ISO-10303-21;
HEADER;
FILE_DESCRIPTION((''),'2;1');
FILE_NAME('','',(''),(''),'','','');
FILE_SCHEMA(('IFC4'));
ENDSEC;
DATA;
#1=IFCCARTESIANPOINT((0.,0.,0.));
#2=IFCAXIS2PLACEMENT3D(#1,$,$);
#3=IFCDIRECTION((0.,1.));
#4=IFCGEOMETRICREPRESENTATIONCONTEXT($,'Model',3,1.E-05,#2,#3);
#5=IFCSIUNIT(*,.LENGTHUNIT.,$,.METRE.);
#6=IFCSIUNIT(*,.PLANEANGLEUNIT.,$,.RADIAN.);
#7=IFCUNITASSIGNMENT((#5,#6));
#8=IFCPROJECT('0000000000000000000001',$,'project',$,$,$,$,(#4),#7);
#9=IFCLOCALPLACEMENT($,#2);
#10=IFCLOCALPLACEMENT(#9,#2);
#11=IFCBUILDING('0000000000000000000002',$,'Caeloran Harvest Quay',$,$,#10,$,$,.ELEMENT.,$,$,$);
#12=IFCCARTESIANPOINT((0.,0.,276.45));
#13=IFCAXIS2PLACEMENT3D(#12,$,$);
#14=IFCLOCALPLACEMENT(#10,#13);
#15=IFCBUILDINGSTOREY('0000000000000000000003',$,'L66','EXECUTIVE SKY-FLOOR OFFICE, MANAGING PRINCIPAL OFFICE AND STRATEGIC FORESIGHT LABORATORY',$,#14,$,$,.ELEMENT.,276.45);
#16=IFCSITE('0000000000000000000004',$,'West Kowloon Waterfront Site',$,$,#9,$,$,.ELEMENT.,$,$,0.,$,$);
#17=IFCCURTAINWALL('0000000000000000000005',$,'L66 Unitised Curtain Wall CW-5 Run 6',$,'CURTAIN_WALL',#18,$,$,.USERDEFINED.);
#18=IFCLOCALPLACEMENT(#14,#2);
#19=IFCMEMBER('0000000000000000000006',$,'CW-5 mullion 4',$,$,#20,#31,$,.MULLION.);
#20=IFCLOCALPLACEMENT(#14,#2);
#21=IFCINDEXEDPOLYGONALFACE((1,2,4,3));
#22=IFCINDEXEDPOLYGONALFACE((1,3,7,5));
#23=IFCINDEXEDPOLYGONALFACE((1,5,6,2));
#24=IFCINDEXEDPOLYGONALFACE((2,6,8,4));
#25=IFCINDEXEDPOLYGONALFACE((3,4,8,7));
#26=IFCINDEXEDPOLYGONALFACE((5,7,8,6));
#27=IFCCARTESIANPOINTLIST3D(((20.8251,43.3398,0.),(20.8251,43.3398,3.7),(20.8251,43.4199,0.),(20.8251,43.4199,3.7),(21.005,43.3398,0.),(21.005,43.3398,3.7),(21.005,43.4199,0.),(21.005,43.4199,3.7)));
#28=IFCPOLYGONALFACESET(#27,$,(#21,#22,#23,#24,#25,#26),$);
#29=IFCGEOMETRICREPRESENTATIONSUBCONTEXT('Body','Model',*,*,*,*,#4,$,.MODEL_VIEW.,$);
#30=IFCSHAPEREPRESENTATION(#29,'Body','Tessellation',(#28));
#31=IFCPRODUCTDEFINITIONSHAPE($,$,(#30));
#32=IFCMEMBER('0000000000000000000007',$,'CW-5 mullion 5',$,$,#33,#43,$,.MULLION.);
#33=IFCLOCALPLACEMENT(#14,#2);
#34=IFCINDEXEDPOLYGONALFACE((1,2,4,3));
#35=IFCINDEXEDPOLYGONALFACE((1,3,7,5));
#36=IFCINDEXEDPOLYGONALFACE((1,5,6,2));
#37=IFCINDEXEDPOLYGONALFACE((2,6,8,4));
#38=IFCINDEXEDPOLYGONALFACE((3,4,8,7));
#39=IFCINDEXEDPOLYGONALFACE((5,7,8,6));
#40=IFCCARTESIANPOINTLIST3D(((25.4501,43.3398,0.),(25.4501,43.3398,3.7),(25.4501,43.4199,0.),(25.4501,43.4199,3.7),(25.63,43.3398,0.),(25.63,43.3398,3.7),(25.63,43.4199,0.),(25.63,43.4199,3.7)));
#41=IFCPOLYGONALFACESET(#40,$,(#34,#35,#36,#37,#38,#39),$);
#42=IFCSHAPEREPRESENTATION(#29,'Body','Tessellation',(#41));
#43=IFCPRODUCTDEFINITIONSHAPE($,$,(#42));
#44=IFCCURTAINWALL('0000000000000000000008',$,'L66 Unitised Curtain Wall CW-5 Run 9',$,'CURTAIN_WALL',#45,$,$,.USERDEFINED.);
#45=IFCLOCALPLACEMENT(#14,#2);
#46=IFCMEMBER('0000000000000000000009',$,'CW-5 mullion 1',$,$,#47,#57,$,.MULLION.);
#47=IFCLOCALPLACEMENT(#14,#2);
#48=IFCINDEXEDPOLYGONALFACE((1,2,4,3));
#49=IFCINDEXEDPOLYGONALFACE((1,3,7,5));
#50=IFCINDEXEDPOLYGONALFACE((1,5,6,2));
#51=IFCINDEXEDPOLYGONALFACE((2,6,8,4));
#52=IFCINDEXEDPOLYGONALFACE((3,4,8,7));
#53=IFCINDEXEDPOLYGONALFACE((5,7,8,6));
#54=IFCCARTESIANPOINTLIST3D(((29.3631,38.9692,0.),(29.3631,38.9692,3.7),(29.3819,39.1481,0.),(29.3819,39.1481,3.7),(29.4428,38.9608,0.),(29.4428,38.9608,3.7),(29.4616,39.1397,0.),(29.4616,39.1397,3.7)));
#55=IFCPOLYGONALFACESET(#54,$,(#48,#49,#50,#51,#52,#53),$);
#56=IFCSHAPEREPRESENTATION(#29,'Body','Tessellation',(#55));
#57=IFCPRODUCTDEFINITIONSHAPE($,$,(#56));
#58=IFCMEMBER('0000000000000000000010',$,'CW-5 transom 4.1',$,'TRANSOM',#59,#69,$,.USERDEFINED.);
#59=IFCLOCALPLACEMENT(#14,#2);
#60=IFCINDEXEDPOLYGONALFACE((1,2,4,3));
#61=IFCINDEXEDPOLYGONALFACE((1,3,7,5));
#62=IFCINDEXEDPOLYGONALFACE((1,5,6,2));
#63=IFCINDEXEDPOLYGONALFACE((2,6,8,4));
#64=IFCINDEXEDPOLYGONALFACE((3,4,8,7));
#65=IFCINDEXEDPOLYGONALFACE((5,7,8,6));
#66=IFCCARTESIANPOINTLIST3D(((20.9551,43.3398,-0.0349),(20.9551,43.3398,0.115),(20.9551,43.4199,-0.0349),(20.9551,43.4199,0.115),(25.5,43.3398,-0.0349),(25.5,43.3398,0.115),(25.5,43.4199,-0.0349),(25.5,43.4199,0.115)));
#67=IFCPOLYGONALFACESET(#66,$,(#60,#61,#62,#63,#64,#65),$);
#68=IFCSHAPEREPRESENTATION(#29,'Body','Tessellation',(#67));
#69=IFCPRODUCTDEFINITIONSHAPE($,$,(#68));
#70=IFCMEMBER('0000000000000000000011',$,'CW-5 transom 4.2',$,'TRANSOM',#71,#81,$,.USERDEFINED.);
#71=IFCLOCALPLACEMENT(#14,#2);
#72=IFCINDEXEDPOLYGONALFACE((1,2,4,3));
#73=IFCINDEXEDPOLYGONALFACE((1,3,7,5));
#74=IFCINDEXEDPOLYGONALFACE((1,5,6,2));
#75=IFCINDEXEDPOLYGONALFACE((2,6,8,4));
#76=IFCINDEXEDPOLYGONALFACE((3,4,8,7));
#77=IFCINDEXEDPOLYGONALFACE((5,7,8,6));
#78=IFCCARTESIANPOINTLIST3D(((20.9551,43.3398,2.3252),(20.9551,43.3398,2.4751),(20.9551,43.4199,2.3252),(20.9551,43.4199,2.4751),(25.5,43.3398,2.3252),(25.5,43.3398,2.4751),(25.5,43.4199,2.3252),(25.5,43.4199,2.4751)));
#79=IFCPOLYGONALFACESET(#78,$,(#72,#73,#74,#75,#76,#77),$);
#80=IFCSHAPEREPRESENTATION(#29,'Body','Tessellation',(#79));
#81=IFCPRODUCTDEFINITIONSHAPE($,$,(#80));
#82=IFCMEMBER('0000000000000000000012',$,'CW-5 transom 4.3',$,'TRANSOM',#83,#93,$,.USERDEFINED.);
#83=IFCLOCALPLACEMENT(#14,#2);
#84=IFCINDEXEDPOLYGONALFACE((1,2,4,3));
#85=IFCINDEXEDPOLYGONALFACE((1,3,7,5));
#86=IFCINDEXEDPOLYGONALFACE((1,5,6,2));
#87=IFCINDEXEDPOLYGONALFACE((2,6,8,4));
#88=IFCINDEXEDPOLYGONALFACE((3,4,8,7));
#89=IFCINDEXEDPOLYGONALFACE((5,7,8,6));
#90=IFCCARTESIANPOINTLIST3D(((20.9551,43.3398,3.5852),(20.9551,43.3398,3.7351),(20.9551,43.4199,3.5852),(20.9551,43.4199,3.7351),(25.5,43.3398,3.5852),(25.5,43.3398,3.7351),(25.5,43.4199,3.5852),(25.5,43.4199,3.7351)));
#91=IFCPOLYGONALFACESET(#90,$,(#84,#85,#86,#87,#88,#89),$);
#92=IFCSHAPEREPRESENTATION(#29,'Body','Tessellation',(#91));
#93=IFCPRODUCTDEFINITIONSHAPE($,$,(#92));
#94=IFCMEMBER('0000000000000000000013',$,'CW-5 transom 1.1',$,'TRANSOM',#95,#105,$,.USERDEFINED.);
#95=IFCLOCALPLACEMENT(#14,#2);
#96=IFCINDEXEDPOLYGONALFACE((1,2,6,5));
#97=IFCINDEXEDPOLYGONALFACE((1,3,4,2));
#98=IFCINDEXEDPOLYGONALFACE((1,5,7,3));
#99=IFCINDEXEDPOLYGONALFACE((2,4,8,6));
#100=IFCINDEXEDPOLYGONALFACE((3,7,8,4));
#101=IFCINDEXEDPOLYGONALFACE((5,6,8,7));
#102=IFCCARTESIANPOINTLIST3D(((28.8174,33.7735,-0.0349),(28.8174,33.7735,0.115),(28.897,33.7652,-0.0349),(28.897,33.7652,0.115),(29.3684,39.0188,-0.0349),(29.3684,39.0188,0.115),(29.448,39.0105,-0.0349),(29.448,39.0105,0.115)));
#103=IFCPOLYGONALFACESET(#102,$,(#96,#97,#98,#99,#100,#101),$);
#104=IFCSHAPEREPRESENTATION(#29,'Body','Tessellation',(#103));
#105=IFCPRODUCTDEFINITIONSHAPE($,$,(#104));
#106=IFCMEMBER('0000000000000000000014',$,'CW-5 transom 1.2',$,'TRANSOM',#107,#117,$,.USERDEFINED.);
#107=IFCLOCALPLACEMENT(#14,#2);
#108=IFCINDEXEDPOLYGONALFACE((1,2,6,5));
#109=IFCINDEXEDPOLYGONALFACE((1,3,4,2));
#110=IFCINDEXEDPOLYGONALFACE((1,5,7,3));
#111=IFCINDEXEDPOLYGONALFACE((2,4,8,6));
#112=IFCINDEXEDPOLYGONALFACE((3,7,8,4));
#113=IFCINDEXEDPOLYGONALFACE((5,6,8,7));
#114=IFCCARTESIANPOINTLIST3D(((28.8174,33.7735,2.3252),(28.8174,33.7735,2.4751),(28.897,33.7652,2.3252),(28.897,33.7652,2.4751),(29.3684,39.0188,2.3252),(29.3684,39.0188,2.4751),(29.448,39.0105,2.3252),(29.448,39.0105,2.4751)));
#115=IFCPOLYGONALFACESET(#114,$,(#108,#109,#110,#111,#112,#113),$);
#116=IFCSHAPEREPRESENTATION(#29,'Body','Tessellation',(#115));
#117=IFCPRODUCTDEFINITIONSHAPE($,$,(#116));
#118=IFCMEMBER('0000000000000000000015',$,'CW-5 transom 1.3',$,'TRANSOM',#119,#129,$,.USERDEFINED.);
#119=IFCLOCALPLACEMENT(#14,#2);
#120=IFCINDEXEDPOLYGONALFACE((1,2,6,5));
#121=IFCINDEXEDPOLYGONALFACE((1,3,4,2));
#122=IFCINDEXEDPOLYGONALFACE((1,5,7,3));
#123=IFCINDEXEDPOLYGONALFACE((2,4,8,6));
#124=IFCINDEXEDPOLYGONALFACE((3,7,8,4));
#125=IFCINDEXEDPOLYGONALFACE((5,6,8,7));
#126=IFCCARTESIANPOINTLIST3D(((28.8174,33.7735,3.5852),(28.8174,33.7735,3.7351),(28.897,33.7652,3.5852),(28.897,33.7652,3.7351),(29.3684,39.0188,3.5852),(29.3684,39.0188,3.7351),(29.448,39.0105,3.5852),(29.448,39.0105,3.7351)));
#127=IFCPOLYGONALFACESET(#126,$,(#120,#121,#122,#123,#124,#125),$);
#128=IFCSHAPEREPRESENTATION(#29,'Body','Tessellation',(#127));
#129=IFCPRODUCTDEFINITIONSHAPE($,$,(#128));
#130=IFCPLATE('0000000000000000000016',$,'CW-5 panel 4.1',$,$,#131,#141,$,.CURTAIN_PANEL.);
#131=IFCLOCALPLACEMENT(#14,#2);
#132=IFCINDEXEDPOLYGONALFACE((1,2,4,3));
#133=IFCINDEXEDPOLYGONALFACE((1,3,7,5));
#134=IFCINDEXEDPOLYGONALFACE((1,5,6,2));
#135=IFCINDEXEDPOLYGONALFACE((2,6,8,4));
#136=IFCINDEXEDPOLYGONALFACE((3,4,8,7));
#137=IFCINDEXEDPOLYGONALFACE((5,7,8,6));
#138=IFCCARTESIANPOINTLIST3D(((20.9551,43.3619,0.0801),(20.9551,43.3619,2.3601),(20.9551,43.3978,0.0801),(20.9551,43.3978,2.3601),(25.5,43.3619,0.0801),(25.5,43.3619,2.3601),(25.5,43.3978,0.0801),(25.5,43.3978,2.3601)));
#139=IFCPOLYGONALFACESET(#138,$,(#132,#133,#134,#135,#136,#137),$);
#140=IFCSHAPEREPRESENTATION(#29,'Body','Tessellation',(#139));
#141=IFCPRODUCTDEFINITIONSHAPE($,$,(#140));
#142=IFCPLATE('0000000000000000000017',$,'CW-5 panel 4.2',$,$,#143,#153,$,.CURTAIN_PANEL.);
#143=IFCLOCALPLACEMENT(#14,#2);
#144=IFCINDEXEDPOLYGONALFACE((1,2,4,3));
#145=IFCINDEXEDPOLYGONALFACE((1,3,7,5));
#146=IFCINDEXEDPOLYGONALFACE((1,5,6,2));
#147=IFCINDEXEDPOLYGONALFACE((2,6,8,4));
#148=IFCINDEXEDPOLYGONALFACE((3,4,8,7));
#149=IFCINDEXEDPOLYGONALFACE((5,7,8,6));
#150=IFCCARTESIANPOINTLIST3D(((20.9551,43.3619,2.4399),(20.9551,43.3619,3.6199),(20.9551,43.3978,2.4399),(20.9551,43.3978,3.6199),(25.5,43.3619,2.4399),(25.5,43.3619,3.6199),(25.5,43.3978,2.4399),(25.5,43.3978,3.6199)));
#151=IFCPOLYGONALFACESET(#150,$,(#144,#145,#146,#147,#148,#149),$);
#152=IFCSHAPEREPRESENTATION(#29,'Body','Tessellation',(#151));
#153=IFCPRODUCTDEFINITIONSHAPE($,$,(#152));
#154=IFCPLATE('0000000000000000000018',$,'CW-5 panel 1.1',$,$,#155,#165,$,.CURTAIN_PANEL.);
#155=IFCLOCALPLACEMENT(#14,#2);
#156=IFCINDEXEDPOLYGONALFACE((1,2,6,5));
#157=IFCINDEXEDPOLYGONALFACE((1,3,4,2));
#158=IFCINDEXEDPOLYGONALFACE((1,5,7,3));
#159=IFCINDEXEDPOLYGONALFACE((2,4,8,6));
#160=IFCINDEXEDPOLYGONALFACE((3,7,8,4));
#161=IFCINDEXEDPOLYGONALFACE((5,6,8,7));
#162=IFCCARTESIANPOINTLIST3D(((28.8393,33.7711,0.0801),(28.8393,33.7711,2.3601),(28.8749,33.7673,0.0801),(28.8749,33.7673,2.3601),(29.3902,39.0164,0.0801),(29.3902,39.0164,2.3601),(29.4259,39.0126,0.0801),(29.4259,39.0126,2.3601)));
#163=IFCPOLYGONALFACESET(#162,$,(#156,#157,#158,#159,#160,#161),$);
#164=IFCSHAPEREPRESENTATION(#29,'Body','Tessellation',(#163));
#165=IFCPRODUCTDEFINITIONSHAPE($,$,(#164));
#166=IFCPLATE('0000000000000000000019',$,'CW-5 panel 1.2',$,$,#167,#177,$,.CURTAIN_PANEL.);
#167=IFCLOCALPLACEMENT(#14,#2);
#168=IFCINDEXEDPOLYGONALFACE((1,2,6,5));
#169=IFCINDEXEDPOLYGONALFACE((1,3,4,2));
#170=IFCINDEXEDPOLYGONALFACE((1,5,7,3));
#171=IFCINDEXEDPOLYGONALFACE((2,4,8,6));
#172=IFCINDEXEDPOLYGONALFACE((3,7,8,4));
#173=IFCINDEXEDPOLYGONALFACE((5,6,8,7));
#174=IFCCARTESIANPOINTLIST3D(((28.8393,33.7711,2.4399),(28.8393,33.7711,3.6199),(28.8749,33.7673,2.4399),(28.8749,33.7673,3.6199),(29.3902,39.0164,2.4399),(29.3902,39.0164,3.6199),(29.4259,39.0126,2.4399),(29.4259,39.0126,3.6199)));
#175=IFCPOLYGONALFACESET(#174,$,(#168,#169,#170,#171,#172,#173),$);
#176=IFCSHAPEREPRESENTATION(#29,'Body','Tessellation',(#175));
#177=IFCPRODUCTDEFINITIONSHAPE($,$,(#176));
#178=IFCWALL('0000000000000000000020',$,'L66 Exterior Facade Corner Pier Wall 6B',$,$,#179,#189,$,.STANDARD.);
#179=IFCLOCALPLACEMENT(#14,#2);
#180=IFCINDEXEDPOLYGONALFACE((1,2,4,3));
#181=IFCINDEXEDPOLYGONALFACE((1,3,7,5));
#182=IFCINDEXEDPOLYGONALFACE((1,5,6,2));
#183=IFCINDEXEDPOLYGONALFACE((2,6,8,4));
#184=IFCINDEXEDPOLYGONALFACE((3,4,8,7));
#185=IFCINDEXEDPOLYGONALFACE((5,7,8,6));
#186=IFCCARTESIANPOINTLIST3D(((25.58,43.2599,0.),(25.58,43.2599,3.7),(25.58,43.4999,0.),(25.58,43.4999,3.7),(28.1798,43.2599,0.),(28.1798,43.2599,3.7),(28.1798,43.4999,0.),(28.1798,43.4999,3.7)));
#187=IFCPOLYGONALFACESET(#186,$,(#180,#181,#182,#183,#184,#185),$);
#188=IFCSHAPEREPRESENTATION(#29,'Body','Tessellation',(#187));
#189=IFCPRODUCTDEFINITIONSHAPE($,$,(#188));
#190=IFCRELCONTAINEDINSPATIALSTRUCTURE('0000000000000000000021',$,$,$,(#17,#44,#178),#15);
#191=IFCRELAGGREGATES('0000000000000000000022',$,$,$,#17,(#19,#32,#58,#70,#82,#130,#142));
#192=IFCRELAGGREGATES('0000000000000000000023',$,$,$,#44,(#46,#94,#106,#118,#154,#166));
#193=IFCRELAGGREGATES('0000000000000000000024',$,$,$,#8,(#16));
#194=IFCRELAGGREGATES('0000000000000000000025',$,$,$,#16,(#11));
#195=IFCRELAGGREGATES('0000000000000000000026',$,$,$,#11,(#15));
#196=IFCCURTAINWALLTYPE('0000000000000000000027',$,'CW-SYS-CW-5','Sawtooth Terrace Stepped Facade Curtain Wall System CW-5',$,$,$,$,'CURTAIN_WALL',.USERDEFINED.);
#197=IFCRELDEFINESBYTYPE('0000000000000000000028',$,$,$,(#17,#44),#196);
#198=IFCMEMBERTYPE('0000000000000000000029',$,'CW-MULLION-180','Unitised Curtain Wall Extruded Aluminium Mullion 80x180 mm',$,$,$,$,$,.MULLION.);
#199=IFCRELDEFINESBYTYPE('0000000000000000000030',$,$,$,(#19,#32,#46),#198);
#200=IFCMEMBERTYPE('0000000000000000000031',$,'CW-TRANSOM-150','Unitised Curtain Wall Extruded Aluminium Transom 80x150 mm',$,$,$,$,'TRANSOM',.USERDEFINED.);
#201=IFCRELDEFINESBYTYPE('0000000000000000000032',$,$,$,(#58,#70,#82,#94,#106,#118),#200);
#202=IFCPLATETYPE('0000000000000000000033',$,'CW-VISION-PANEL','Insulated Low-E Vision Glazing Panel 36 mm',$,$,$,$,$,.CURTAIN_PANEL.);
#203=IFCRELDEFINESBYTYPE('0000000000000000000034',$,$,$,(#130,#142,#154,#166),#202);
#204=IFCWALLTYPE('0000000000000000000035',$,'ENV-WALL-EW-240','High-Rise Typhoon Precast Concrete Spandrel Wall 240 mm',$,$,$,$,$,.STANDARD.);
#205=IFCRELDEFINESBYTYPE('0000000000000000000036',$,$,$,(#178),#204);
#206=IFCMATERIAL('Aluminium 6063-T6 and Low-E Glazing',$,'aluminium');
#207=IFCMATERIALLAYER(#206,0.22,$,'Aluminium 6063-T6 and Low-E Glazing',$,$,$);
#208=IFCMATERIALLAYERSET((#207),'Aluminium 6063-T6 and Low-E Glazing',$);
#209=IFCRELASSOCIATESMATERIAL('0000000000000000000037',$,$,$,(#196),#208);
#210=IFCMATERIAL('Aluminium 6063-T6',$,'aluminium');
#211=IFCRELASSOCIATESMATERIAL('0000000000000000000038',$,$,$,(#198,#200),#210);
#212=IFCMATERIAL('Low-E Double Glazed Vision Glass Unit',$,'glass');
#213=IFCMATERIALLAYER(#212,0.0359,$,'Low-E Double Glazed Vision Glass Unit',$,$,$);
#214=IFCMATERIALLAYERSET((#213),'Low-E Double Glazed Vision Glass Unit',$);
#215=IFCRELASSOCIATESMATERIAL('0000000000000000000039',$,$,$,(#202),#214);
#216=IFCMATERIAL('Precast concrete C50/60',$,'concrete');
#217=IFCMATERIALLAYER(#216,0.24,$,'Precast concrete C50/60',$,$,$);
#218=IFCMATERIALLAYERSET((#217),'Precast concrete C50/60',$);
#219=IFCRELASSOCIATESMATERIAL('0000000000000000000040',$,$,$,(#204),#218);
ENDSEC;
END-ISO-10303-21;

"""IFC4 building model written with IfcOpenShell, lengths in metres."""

from ifc_helpers import new_model, si_unit, direction, frame, frame_2d, origin, origin_2d, place, context, subcontext, project, spatial, rectangle, extrude, material, layer, layer_set, material_profile, profile_set, type_object, element, aggregate, save


model = new_model("IFC4")

# Units and contexts
model_context = context("Model", 3, precision=1e-05, world=origin(), true_north=direction((0.0, 1.0)))
body_context = subcontext(model_context, "Body", "Model", "MODEL_VIEW")
ifc_project = project(units=[si_unit("LENGTHUNIT", "METRE"), si_unit("PLANEANGLEUNIT", "RADIAN")], contexts=[model_context])

# Site, building, storey
site_placement = place(None, origin())
site = spatial("IfcSite", under=ifc_project, at=site_placement, Name="West Kowloon Waterfront Site", CompositionType="ELEMENT", RefElevation=0.0)
building_placement = place(site_placement, origin())
building = spatial("IfcBuilding", under=site, at=building_placement, Name="Caeloran Harvest Quay", CompositionType="ELEMENT")
storey_placement = place(building_placement, frame((0.0, 0.0, 276.45)))
storey = spatial("IfcBuildingStorey", under=building, at=storey_placement, Name="L66", Description="EXECUTIVE SKY-FLOOR OFFICE, MANAGING PRINCIPAL OFFICE AND STRATEGIC FORESIGHT LABORATORY", CompositionType="ELEMENT", Elevation=276.45)

# Curtain wall, members
ifc_material_1 = material(Name="Aluminium 6063-T6 and Low-E Glazing", Category="aluminium")
ifc_layer_1 = layer(ifc_material_1, 0.22, Name="Aluminium 6063-T6 and Low-E Glazing")
ifc_layer_set_1 = layer_set([ifc_layer_1], Name="Aluminium 6063-T6 and Low-E Glazing")
curtain_wall_type = type_object("IfcCurtainWallType", Name="CW-SYS-CW-5", Description="Sawtooth Terrace Stepped Facade Curtain Wall System CW-5", ElementType="CURTAIN_WALL", PredefinedType="USERDEFINED", material=ifc_layer_set_1)
curtain_wall_1_placement = place(storey_placement, origin())
curtain_wall_1 = element("IfcCurtainWall", 1, at=curtain_wall_1_placement, inside=storey, type_object=curtain_wall_type, Name="L66 Unitised Curtain Wall CW-5 Run 6", ObjectType="CURTAIN_WALL", PredefinedType="USERDEFINED")
ifc_material_2 = material(Name="Aluminium 6063-T6", Category="aluminium")
ifc_material_profile_1 = material_profile(ifc_material_2, rectangle(XDim=0.0801, YDim=0.1799, at=origin_2d()), Name="CW-MULLION-180")
ifc_profile_set_1 = profile_set([ifc_material_profile_1], Name="Aluminium 6063-T6")
member_type_1 = type_object("IfcMemberType", Name="CW-MULLION-180", Description="Unitised Curtain Wall Extruded Aluminium Mullion 80x180 mm", PredefinedType="MULLION", material=ifc_profile_set_1)
member_1_placement = place(storey_placement, frame((20.915, 43.3799, 0.0), z_axis=(0.0, 0.0, 1.0), x_axis=(0.0, 1.0, 0.0)))
member_1 = element("IfcMember", 2, at=member_1_placement, type_object=member_type_1, Name="CW-5 mullion 4", PredefinedType="MULLION", context=body_context, shape_type="SweptSolid", body=[
    extrude(rectangle(XDim=0.0801, YDim=0.1799, at=origin_2d()), origin(), (0.0, 0.0, 1.0), 3.7),
])
member_2_placement = place(storey_placement, frame((25.54, 43.3799, 0.0), z_axis=(0.0, 0.0, 1.0), x_axis=(0.0, 1.0, 0.0)))
member_2 = element("IfcMember", 3, at=member_2_placement, type_object=member_type_1, Name="CW-5 mullion 5", PredefinedType="MULLION", context=body_context, shape_type="SweptSolid", body=[
    extrude(rectangle(XDim=0.0801, YDim=0.1799, at=origin_2d()), origin(), (0.0, 0.0, 1.0), 3.7),
])

# Curtain wall, member
curtain_wall_2_placement = place(storey_placement, origin())
curtain_wall_2 = element("IfcCurtainWall", 4, at=curtain_wall_2_placement, inside=storey, type_object=curtain_wall_type, Name="L66 Unitised Curtain Wall CW-5 Run 9", ObjectType="CURTAIN_WALL", PredefinedType="USERDEFINED")
member_3_placement = place(storey_placement, frame((29.4124, 39.0544, 0.0), z_axis=(0.0, 0.0, 1.0), x_axis=(0.994529, -0.10446, 0.0)))
member_3 = element("IfcMember", 5, at=member_3_placement, type_object=member_type_1, Name="CW-5 mullion 1", PredefinedType="MULLION", context=body_context, shape_type="SweptSolid", body=[
    extrude(rectangle(XDim=0.0801, YDim=0.1799, at=origin_2d()), origin(), (0.0, 0.0, 1.0), 3.7),
])

# Members
ifc_material_profile_2 = material_profile(ifc_material_2, rectangle(XDim=0.0801, YDim=0.1499, at=origin_2d()), Name="CW-TRANSOM-150")
ifc_profile_set_2 = profile_set([ifc_material_profile_2], Name="Aluminium 6063-T6")
member_type_2 = type_object("IfcMemberType", Name="CW-TRANSOM-150", Description="Unitised Curtain Wall Extruded Aluminium Transom 80x150 mm", ElementType="TRANSOM", PredefinedType="USERDEFINED", material=ifc_profile_set_2)
member_4_placement = place(storey_placement, frame((20.9551, 43.3799, 0.04), z_axis=(1.0, 0.0, 0.0), x_axis=(0.0, 1.0, 0.0)))
member_4 = element("IfcMember", 6, at=member_4_placement, type_object=member_type_2, Name="CW-5 transom 4.1", ObjectType="TRANSOM", PredefinedType="USERDEFINED", context=body_context, shape_type="SweptSolid", body=[
    extrude(rectangle(XDim=0.0801, YDim=0.1499, at=origin_2d()), origin(), (0.0, 0.0, 1.0), 4.5449),
])
member_5_placement = place(storey_placement, frame((20.9551, 43.3799, 2.4001), z_axis=(1.0, 0.0, 0.0), x_axis=(0.0, 1.0, 0.0)))
member_5 = element("IfcMember", 7, at=member_5_placement, type_object=member_type_2, Name="CW-5 transom 4.2", ObjectType="TRANSOM", PredefinedType="USERDEFINED", context=body_context, shape_type="SweptSolid", body=[
    extrude(rectangle(XDim=0.0801, YDim=0.1499, at=origin_2d()), origin(), (0.0, 0.0, 1.0), 4.5449),
])
member_6_placement = place(storey_placement, frame((20.9551, 43.3799, 3.6602), z_axis=(1.0, 0.0, 0.0), x_axis=(0.0, 1.0, 0.0)))
member_6 = element("IfcMember", 8, at=member_6_placement, type_object=member_type_2, Name="CW-5 transom 4.3", ObjectType="TRANSOM", PredefinedType="USERDEFINED", context=body_context, shape_type="SweptSolid", body=[
    extrude(rectangle(XDim=0.0801, YDim=0.1499, at=origin_2d()), origin(), (0.0, 0.0, 1.0), 4.5449),
])
member_7_placement = place(storey_placement, frame((29.4082, 39.0146, 0.04), z_axis=(-0.104475, -0.994527, 0.0), x_axis=(0.994527, -0.104475, 0.0)))
member_7 = element("IfcMember", 9, at=member_7_placement, type_object=member_type_2, Name="CW-5 transom 1.1", ObjectType="TRANSOM", PredefinedType="USERDEFINED", context=body_context, shape_type="SweptSolid", body=[
    extrude(rectangle(XDim=0.0801, YDim=0.1499, at=origin_2d()), origin(), (0.0, 0.0, 1.0), 5.2742),
])
member_8_placement = place(storey_placement, frame((29.4082, 39.0146, 2.4001), z_axis=(-0.104475, -0.994527, 0.0), x_axis=(0.994527, -0.104475, 0.0)))
member_8 = element("IfcMember", 10, at=member_8_placement, type_object=member_type_2, Name="CW-5 transom 1.2", ObjectType="TRANSOM", PredefinedType="USERDEFINED", context=body_context, shape_type="SweptSolid", body=[
    extrude(rectangle(XDim=0.0801, YDim=0.1499, at=origin_2d()), origin(), (0.0, 0.0, 1.0), 5.2742),
])
member_9_placement = place(storey_placement, frame((29.4082, 39.0146, 3.6602), z_axis=(-0.104475, -0.994527, 0.0), x_axis=(0.994527, -0.104475, 0.0)))
member_9 = element("IfcMember", 11, at=member_9_placement, type_object=member_type_2, Name="CW-5 transom 1.3", ObjectType="TRANSOM", PredefinedType="USERDEFINED", context=body_context, shape_type="SweptSolid", body=[
    extrude(rectangle(XDim=0.0801, YDim=0.1499, at=origin_2d()), origin(), (0.0, 0.0, 1.0), 5.2742),
])

# Plates
ifc_material_3 = material(Name="Low-E Double Glazed Vision Glass Unit", Category="glass")
ifc_layer_2 = layer(ifc_material_3, 0.0359, Name="Low-E Double Glazed Vision Glass Unit")
ifc_layer_set_2 = layer_set([ifc_layer_2], Name="Low-E Double Glazed Vision Glass Unit")
plate_type = type_object("IfcPlateType", Name="CW-VISION-PANEL", Description="Insulated Low-E Vision Glazing Panel 36 mm", PredefinedType="CURTAIN_PANEL", material=ifc_layer_set_2)
plate_1_placement = place(storey_placement, frame((23.2275, 43.3799, 0.0801), z_axis=(0.0, 0.0, 1.0), x_axis=(1.0, 0.0, 0.0)))
plate_1 = element("IfcPlate", 12, at=plate_1_placement, type_object=plate_type, Name="CW-5 panel 4.1", PredefinedType="CURTAIN_PANEL", context=body_context, shape_type="SweptSolid", body=[
    extrude(rectangle(XDim=4.5449, YDim=0.0359, at=origin_2d()), origin(), (0.0, 0.0, 1.0), 2.28),
])
plate_2_placement = place(storey_placement, frame((23.2275, 43.3799, 2.4399), z_axis=(0.0, 0.0, 1.0), x_axis=(1.0, 0.0, 0.0)))
plate_2 = element("IfcPlate", 13, at=plate_2_placement, type_object=plate_type, Name="CW-5 panel 4.2", PredefinedType="CURTAIN_PANEL", context=body_context, shape_type="SweptSolid", body=[
    extrude(rectangle(XDim=4.5449, YDim=0.0359, at=origin_2d()), origin(), (0.0, 0.0, 1.0), 1.1799),
])
aggregate(curtain_wall_1, [member_1, member_2, member_4, member_5, member_6, plate_1, plate_2])
plate_3_placement = place(storey_placement, frame((29.1326, 36.3918, 0.0801), z_axis=(0.0, 0.0, 1.0), x_axis=(-0.10446, -0.994529, 0.0)))
plate_3 = element("IfcPlate", 14, at=plate_3_placement, type_object=plate_type, Name="CW-5 panel 1.1", PredefinedType="CURTAIN_PANEL", context=body_context, shape_type="SweptSolid", body=[
    extrude(rectangle(XDim=5.2742, YDim=0.0359, at=origin_2d()), origin(), (0.0, 0.0, 1.0), 2.28),
])
plate_4_placement = place(storey_placement, frame((29.1326, 36.3918, 2.4399), z_axis=(0.0, 0.0, 1.0), x_axis=(-0.10446, -0.994529, 0.0)))
plate_4 = element("IfcPlate", 15, at=plate_4_placement, type_object=plate_type, Name="CW-5 panel 1.2", PredefinedType="CURTAIN_PANEL", context=body_context, shape_type="SweptSolid", body=[
    extrude(rectangle(XDim=5.2742, YDim=0.0359, at=origin_2d()), origin(), (0.0, 0.0, 1.0), 1.1799),
])
aggregate(curtain_wall_2, [member_3, member_7, member_8, member_9, plate_3, plate_4])

# Wall
ifc_material_4 = material(Name="Precast concrete C50/60", Category="concrete")
ifc_layer_3 = layer(ifc_material_4, 0.24, Name="Precast concrete C50/60")
ifc_layer_set_3 = layer_set([ifc_layer_3], Name="Precast concrete C50/60")
wall_type_1 = type_object("IfcWallType", Name="ENV-WALL-EW-240", Description="High-Rise Typhoon Precast Concrete Spandrel Wall 240 mm", PredefinedType="STANDARD", material=ifc_layer_set_3)
wall_1_placement = place(storey_placement, frame((25.5801, 43.3799, 0.0), z_axis=(0.0, 0.0, 1.0), x_axis=(1.0, 0.0, 0.0)))
element("IfcWall", 16, at=wall_1_placement, inside=storey, type_object=wall_type_1, Name="L66 Exterior Facade Corner Pier Wall 6B", PredefinedType="STANDARD", context=body_context, shape_type="SweptSolid", body=[
    extrude(rectangle(XDim=2.5999, YDim=0.24, at=frame_2d((1.2998, 0.0))), origin(), (0.0, 0.0, 1.0), 3.7),
])

save(model, "model.ifc")
